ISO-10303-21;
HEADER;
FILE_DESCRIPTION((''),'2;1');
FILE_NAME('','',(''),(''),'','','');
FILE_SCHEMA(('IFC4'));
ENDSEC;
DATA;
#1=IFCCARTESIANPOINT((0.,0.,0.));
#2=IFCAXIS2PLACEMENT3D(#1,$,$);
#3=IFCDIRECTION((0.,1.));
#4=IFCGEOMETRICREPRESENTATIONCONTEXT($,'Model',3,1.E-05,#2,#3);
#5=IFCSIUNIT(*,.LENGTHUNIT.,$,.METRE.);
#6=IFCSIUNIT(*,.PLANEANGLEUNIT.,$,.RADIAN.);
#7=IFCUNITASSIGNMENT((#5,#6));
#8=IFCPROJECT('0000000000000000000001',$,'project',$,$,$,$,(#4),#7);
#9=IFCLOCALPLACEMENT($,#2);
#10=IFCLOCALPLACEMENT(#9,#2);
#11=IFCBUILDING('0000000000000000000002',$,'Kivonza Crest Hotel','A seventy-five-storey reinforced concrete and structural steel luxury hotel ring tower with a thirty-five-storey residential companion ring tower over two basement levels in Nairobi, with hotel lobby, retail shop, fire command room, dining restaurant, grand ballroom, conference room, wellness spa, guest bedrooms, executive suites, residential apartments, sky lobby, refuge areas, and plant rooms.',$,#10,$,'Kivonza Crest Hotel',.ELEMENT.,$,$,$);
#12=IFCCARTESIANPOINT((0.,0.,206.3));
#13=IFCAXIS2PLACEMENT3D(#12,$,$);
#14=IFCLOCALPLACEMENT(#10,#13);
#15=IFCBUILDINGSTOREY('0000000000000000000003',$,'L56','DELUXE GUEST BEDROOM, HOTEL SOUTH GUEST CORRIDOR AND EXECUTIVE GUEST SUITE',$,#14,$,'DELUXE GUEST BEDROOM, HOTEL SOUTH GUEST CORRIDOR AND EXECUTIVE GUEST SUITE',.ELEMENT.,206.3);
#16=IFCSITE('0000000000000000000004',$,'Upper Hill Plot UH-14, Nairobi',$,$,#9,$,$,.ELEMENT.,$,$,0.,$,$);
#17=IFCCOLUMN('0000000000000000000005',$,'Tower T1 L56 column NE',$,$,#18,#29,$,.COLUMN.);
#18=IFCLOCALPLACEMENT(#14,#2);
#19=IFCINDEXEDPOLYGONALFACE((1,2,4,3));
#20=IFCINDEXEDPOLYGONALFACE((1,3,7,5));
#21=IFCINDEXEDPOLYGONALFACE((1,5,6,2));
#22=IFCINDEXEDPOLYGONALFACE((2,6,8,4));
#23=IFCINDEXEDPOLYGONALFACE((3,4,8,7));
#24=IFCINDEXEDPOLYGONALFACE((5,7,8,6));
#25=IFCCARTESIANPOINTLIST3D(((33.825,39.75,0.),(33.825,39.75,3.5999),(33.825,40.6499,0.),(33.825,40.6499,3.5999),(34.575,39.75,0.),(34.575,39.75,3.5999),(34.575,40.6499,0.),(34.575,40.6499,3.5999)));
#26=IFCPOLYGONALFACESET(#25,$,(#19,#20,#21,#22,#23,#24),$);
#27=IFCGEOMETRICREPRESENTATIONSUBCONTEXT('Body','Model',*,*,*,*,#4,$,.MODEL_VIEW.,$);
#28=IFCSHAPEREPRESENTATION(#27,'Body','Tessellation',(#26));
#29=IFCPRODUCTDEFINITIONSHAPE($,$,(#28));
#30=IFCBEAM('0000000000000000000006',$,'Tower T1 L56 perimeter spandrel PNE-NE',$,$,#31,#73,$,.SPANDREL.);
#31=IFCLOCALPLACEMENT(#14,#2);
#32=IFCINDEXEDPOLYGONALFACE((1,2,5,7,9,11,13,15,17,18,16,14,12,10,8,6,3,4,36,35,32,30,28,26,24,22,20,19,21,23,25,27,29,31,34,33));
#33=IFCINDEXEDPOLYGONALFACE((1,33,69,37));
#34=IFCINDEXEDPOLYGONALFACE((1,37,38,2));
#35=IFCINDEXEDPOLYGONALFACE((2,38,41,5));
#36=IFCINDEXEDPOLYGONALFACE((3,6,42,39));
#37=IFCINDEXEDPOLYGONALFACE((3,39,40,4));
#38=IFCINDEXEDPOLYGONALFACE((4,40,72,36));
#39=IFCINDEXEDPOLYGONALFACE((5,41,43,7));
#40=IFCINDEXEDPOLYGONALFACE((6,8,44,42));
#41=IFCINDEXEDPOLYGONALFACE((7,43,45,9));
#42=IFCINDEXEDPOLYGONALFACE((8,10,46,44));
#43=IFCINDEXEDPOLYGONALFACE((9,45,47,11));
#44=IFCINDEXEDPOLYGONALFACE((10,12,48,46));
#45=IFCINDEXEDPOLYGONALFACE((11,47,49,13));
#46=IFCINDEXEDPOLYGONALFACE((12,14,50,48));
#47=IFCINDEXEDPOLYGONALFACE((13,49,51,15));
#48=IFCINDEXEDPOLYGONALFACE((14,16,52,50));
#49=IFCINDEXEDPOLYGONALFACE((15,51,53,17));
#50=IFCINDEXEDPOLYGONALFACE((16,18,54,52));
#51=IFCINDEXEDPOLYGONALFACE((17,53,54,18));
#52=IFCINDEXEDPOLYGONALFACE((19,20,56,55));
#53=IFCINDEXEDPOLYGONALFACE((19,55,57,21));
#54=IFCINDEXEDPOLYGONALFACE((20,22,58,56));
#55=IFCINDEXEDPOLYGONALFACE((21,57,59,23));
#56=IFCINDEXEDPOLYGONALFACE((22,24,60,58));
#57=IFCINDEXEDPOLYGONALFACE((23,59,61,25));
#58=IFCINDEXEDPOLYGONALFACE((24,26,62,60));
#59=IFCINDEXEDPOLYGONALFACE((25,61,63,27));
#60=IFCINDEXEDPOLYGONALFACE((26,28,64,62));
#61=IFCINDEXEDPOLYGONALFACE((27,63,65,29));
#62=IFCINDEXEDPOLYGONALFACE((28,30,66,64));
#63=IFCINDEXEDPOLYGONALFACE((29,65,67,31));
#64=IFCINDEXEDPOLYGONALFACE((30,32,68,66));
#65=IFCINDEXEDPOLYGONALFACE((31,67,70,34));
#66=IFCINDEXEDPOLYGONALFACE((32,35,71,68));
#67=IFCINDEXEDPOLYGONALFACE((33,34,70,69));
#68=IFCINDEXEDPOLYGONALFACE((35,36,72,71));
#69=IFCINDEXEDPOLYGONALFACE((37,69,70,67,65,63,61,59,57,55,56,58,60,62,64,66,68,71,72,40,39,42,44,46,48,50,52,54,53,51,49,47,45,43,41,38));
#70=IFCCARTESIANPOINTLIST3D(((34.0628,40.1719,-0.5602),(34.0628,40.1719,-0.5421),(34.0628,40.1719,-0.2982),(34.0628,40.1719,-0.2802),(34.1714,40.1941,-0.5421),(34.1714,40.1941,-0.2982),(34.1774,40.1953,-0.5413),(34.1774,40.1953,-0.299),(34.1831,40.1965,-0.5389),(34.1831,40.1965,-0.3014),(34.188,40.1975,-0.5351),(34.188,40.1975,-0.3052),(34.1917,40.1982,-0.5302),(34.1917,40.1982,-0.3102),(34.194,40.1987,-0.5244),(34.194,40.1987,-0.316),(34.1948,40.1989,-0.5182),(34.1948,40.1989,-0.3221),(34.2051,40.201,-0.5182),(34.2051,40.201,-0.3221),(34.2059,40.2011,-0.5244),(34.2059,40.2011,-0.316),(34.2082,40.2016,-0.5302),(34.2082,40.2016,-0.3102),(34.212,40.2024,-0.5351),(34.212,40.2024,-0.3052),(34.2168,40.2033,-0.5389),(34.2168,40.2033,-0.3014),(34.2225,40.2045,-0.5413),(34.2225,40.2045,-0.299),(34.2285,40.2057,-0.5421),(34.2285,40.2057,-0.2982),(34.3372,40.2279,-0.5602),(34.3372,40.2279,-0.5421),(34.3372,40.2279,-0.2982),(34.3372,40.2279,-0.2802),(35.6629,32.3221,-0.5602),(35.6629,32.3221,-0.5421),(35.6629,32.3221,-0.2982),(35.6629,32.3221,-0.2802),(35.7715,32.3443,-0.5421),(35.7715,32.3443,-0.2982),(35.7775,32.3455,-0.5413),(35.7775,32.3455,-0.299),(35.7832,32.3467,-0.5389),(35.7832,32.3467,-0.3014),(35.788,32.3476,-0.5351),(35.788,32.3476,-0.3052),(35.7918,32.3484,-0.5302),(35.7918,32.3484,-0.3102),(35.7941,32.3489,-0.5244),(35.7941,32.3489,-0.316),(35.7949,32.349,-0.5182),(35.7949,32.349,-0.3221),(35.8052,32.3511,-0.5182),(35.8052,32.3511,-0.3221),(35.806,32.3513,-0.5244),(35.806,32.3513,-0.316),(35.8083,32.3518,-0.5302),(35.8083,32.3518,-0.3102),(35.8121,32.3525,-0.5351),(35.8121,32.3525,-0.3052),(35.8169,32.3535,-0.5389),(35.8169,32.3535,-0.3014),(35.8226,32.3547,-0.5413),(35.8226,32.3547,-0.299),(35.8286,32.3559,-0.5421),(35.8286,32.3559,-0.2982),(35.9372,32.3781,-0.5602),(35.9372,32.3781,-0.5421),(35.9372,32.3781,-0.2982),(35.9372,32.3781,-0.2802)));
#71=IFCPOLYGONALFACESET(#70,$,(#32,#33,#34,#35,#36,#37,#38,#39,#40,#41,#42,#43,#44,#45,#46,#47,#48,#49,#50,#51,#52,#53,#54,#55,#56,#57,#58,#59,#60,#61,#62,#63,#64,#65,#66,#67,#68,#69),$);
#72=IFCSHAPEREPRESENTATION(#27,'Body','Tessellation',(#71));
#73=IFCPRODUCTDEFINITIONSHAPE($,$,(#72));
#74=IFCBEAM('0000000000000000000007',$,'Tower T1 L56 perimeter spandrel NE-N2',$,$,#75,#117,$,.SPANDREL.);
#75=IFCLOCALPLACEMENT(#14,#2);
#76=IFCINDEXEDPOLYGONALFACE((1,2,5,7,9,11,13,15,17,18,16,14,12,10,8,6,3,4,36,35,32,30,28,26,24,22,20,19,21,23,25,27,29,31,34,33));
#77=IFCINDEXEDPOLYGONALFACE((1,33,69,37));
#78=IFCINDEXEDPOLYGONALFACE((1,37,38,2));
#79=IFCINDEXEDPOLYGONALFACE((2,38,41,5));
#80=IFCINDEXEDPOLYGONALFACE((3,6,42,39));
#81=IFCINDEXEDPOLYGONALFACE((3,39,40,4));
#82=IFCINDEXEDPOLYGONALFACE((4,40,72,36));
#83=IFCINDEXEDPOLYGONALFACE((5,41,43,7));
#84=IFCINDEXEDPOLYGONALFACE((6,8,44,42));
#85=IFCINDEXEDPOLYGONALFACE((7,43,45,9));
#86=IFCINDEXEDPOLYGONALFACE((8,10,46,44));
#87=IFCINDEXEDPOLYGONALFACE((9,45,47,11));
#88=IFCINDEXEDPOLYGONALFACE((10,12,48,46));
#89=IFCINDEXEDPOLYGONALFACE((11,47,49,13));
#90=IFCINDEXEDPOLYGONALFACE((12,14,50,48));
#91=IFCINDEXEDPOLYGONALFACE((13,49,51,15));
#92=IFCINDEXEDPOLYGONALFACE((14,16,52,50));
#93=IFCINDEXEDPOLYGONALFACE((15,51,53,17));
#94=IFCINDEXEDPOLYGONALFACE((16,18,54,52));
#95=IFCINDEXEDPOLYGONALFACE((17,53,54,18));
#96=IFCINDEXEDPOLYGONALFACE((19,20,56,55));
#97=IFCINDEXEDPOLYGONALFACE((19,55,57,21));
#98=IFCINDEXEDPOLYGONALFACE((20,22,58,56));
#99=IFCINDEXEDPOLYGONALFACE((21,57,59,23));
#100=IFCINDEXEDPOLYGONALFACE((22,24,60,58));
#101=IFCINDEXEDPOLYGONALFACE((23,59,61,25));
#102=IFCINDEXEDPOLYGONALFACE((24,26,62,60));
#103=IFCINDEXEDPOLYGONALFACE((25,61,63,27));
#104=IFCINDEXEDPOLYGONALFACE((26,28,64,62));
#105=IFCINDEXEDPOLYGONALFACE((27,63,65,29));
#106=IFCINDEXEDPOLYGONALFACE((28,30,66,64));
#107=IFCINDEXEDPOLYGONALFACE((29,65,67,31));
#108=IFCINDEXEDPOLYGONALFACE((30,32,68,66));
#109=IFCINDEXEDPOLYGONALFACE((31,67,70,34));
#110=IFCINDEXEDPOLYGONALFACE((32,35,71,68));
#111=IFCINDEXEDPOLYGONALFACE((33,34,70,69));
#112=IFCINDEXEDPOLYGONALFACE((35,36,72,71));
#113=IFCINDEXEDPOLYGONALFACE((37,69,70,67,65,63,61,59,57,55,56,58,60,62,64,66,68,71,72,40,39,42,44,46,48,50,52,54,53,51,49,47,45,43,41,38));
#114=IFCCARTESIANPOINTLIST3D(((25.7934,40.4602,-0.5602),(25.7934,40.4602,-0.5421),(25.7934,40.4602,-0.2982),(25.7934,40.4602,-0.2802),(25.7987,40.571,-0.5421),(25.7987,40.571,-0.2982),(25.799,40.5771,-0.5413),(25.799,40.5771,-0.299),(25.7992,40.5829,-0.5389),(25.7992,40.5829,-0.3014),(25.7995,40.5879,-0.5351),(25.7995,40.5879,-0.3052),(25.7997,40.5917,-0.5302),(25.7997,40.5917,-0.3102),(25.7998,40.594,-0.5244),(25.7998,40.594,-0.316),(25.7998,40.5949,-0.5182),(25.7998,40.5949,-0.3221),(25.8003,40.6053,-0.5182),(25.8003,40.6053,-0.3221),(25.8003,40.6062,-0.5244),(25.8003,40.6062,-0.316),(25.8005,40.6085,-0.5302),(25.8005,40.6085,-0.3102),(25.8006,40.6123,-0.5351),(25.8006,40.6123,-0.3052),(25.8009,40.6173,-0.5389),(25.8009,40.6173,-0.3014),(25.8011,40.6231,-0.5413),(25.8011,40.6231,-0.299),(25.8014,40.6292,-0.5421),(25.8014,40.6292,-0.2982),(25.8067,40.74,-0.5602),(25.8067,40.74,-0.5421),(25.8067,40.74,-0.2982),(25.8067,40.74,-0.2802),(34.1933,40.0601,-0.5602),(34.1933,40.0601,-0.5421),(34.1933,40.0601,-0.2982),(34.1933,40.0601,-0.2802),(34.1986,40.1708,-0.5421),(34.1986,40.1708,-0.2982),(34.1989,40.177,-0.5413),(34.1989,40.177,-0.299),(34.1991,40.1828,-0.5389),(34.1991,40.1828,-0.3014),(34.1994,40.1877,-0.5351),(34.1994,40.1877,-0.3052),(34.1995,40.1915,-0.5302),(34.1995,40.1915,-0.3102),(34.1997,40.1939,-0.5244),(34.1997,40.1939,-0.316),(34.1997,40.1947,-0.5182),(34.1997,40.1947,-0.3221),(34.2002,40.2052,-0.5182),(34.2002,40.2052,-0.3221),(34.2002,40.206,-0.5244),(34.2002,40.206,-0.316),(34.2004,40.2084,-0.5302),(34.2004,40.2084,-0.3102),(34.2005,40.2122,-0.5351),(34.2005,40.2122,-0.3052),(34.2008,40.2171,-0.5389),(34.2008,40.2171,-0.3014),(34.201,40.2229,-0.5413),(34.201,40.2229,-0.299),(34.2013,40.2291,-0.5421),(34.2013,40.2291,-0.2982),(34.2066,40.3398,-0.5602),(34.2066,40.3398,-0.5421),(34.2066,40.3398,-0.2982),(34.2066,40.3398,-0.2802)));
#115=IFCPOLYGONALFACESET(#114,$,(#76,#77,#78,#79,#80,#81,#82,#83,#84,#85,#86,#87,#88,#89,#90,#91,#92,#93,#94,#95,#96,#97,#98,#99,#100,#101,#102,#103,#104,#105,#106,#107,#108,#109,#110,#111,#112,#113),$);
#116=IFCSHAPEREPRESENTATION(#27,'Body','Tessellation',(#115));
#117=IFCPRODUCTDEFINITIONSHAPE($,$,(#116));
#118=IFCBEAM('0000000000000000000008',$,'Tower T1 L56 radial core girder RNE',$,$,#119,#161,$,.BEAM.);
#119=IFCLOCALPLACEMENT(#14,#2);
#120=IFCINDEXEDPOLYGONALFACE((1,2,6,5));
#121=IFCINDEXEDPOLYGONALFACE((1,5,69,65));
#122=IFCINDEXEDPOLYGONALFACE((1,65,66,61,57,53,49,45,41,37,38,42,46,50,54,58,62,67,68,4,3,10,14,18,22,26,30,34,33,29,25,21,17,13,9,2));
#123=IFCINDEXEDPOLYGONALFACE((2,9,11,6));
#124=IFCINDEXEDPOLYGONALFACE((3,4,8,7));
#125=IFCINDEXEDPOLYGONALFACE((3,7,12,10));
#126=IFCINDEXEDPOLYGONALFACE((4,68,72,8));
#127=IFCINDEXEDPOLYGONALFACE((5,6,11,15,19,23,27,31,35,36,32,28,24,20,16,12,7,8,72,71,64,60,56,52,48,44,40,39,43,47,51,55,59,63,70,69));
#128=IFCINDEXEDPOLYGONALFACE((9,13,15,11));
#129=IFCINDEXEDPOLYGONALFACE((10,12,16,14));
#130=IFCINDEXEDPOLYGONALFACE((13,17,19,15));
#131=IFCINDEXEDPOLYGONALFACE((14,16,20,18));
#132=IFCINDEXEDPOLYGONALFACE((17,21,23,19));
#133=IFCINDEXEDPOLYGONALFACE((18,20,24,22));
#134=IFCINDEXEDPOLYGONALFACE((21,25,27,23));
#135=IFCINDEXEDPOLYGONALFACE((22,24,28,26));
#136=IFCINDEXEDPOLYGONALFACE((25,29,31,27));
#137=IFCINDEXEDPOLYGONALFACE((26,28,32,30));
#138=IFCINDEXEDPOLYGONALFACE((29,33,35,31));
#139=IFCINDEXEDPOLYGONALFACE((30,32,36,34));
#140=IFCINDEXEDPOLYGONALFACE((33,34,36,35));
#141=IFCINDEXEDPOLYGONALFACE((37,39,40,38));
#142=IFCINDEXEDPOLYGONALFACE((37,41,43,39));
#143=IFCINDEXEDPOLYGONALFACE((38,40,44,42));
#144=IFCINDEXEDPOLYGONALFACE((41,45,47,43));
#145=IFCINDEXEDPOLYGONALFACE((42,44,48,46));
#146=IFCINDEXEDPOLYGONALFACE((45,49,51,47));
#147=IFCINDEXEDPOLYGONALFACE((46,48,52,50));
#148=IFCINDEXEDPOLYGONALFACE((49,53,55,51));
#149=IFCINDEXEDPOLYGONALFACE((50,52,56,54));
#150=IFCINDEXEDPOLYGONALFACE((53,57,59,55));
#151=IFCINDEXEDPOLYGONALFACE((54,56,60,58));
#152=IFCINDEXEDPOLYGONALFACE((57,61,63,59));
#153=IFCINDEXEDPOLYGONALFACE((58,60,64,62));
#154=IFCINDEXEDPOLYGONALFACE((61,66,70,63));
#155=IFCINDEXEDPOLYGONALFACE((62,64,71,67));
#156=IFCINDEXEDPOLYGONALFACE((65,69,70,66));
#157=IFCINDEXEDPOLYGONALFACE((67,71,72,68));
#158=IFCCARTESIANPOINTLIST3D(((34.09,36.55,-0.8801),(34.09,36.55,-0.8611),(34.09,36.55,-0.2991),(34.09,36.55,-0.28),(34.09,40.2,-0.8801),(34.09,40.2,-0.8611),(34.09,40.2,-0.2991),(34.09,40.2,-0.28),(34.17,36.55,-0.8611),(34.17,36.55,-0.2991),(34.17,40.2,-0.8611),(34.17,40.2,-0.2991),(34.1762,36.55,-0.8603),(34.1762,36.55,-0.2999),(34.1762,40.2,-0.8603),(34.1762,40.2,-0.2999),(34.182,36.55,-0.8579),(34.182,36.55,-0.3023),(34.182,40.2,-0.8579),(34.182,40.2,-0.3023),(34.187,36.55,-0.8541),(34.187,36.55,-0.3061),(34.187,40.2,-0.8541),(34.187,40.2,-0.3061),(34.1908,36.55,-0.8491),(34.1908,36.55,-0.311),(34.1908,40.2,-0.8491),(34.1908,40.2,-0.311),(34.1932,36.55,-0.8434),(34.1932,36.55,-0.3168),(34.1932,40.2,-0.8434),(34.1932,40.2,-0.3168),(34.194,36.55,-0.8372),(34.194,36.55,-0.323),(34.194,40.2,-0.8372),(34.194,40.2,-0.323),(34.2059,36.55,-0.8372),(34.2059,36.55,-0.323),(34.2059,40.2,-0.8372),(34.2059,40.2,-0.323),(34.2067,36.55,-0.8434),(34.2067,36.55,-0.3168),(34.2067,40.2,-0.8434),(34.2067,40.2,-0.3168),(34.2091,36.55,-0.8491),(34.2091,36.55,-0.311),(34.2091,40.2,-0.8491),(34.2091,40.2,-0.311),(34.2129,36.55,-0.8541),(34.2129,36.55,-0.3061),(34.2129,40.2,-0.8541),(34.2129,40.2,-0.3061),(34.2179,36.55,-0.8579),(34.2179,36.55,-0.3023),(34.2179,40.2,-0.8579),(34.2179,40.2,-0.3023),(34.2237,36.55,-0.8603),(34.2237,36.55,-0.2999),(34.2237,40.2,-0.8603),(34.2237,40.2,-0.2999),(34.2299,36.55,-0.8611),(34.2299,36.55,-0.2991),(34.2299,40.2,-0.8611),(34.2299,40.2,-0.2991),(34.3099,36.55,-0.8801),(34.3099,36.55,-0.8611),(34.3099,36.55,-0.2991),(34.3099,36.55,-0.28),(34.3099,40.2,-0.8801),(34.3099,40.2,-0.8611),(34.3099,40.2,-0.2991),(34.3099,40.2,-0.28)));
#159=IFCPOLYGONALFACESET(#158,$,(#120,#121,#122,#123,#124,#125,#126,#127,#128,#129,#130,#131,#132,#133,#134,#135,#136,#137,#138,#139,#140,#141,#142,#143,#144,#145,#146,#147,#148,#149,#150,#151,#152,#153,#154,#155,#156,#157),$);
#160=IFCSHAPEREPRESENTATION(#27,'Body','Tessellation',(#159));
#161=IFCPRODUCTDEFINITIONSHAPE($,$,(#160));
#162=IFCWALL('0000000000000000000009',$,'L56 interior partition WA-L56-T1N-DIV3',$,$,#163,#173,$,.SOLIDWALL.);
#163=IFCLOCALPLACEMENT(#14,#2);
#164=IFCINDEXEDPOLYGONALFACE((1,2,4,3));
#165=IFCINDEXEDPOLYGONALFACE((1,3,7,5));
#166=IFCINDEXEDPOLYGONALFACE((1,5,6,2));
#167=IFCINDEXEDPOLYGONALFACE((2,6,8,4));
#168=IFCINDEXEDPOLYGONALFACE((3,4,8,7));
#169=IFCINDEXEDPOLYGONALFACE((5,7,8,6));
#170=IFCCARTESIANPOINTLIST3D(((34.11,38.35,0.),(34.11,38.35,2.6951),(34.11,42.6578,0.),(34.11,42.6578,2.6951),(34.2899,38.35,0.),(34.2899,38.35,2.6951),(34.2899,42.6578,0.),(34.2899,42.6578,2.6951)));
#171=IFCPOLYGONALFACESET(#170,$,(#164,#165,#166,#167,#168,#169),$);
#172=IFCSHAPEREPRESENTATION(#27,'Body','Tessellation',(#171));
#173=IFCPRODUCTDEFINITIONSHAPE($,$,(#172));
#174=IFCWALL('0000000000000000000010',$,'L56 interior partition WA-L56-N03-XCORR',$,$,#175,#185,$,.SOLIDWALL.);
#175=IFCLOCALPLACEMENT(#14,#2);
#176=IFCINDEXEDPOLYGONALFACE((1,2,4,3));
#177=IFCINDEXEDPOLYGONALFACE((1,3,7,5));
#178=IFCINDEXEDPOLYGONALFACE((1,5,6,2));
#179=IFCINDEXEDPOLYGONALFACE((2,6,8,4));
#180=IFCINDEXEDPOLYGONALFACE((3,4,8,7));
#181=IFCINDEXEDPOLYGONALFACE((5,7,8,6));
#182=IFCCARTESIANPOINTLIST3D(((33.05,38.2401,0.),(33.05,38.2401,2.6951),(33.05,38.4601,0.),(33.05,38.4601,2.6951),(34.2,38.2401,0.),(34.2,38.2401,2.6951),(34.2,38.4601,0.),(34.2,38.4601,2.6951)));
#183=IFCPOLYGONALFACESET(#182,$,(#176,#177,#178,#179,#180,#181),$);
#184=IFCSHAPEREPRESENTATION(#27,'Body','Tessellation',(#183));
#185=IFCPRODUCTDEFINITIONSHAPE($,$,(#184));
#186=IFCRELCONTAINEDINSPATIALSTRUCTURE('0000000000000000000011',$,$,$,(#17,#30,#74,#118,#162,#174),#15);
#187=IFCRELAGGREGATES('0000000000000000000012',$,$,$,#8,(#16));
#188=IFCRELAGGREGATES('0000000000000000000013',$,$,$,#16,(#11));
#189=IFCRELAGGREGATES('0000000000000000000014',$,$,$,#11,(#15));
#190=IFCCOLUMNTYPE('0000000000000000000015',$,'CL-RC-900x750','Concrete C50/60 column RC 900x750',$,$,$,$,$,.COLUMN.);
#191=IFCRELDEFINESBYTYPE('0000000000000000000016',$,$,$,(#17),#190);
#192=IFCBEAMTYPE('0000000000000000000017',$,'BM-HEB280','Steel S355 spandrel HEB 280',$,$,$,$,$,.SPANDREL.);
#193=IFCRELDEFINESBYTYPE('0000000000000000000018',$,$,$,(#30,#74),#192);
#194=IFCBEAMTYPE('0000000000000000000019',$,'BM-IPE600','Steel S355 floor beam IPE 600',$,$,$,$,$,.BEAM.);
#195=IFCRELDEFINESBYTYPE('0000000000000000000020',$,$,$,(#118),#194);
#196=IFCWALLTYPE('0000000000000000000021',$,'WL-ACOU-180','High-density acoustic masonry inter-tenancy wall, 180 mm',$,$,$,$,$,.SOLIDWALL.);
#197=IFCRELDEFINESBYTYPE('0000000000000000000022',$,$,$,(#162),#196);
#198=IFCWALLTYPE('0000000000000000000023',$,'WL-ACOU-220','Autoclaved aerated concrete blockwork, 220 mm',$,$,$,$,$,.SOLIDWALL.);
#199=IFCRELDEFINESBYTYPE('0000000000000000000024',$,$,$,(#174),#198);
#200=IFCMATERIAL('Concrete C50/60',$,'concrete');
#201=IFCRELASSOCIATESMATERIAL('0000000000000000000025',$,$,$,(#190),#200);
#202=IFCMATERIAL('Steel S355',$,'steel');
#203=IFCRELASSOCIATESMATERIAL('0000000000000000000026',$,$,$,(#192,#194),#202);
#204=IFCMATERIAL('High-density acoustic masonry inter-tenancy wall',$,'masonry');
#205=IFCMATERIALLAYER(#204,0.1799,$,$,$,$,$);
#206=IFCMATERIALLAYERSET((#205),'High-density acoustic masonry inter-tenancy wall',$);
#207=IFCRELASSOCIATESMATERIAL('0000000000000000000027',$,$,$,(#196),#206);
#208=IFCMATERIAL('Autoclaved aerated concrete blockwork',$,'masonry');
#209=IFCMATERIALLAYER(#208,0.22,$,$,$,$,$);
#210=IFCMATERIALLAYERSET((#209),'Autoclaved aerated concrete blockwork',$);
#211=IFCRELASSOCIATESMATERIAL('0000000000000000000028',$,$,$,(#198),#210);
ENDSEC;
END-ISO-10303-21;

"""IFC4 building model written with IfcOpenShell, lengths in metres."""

from ifc_helpers import new_model, si_unit, direction, frame, frame_2d, origin, origin_2d, place, context, subcontext, project, spatial, rectangle, i_section, extrude, material, layer, layer_set, material_profile, profile_set, type_object, element, save


model = new_model("IFC4")

# Units and contexts
model_context = context("Model", 3, precision=1e-05, world=origin(), true_north=direction((0.0, 1.0)))
body_context = subcontext(model_context, "Body", "Model", "MODEL_VIEW")
ifc_project = project(units=[si_unit("LENGTHUNIT", "METRE"), si_unit("PLANEANGLEUNIT", "RADIAN")], contexts=[model_context])

# Site, building, storey
site_placement = place(None, origin())
site = spatial("IfcSite", under=ifc_project, at=site_placement, Name="Upper Hill Plot UH-14, Nairobi", CompositionType="ELEMENT", RefElevation=0.0)
building_placement = place(site_placement, origin())
building = spatial("IfcBuilding", under=site, at=building_placement, Name="Kivonza Crest Hotel", Description="A seventy-five-storey reinforced concrete and structural steel luxury hotel ring tower with a thirty-five-storey residential companion ring tower over two basement levels in Nairobi, with hotel lobby, retail shop, fire command room, dining restaurant, grand ballroom, conference room, wellness spa, guest bedrooms, executive suites, residential apartments, sky lobby, refuge areas, and plant rooms.", LongName="Kivonza Crest Hotel", CompositionType="ELEMENT")
storey_placement = place(building_placement, frame((0.0, 0.0, 206.3)))
storey = spatial("IfcBuildingStorey", under=building, at=storey_placement, Name="L56", Description="DELUXE GUEST BEDROOM, HOTEL SOUTH GUEST CORRIDOR AND EXECUTIVE GUEST SUITE", LongName="DELUXE GUEST BEDROOM, HOTEL SOUTH GUEST CORRIDOR AND EXECUTIVE GUEST SUITE", CompositionType="ELEMENT", Elevation=206.3)

# Column
ifc_material_1 = material(Name="Concrete C50/60", Category="concrete")
ifc_material_profile_1 = material_profile(ifc_material_1, rectangle(XDim=0.75, YDim=0.8999, at=origin_2d()), Name="RC 900x750")
ifc_profile_set_1 = profile_set([ifc_material_profile_1], Name="Concrete C50/60")
column_type = type_object("IfcColumnType", Name="CL-RC-900x750", Description="Concrete C50/60 column RC 900x750", PredefinedType="COLUMN", material=ifc_profile_set_1)
column_placement = place(storey_placement, frame((34.2, 40.2, 0.0), z_axis=(0.0, 0.0, 1.0), x_axis=(1.0, 0.0, 0.0)))
element("IfcColumn", 1, at=column_placement, inside=storey, type_object=column_type, Name="Tower T1 L56 column NE", PredefinedType="COLUMN", context=body_context, shape_type="SweptSolid", body=[
    extrude(rectangle(XDim=0.75, YDim=0.8999, at=origin_2d()), origin(), (0.0, 0.0, 1.0), 3.5999),
])

# Beams
ifc_material_2 = material(Name="Steel S355", Category="steel")
ifc_material_profile_2 = material_profile(ifc_material_2, i_section(OverallWidth=0.28, OverallDepth=0.28, WebThickness=0.0105, FlangeThickness=0.0181, FilletRadius=0.0239, at=origin_2d()), Name="HEB 280")
ifc_profile_set_2 = profile_set([ifc_material_profile_2], Name="Steel S355")
beam_type_1 = type_object("IfcBeamType", Name="BM-HEB280", Description="Steel S355 spandrel HEB 280", PredefinedType="SPANDREL", material=ifc_profile_set_2)
beam_1_placement = place(storey_placement, frame((35.8, 32.3501, -0.4202), z_axis=(-0.199731, 0.979851, 0.0), x_axis=(-0.979851, -0.199731, 0.0)))
element("IfcBeam", 2, at=beam_1_placement, inside=storey, type_object=beam_type_1, Name="Tower T1 L56 perimeter spandrel PNE-NE", PredefinedType="SPANDREL", context=body_context, shape_type="SweptSolid", body=[
    extrude(i_section(OverallWidth=0.28, OverallDepth=0.28, WebThickness=0.0105, FlangeThickness=0.0181, FilletRadius=0.0239, at=origin_2d()), origin(), (0.0, 0.0, 1.0), 8.0112),
])
beam_2_placement = place(storey_placement, frame((34.2, 40.2, -0.4202), z_axis=(-0.998867, 0.047583, 0.0), x_axis=(-0.047583, -0.998867, 0.0)))
element("IfcBeam", 3, at=beam_2_placement, inside=storey, type_object=beam_type_1, Name="Tower T1 L56 perimeter spandrel NE-N2", PredefinedType="SPANDREL", context=body_context, shape_type="SweptSolid", body=[
    extrude(i_section(OverallWidth=0.28, OverallDepth=0.28, WebThickness=0.0105, FlangeThickness=0.0181, FilletRadius=0.0239, at=origin_2d()), origin(), (0.0, 0.0, 1.0), 8.4094),
])
ifc_material_profile_3 = material_profile(ifc_material_2, i_section(OverallWidth=0.22, OverallDepth=0.6001, WebThickness=0.012, FlangeThickness=0.019, FilletRadius=0.0239, at=origin_2d()), Name="IPE 600")
ifc_profile_set_3 = profile_set([ifc_material_profile_3], Name="Steel S355")
beam_type_2 = type_object("IfcBeamType", Name="BM-IPE600", Description="Steel S355 floor beam IPE 600", PredefinedType="BEAM", material=ifc_profile_set_3)
beam_3_placement = place(storey_placement, frame((34.2, 40.2, -0.5801), z_axis=(0.0, -1.0, 0.0), x_axis=(1.0, 0.0, 0.0)))
element("IfcBeam", 4, at=beam_3_placement, inside=storey, type_object=beam_type_2, Name="Tower T1 L56 radial core girder RNE", PredefinedType="BEAM", context=body_context, shape_type="SweptSolid", body=[
    extrude(i_section(OverallWidth=0.22, OverallDepth=0.6001, WebThickness=0.012, FlangeThickness=0.019, FilletRadius=0.0239, at=origin_2d()), origin(), (0.0, 0.0, 1.0), 3.6499),
])

# Walls
ifc_material_3 = material(Name="High-density acoustic masonry inter-tenancy wall", Category="masonry")
ifc_layer_1 = layer(ifc_material_3, 0.1799)
ifc_layer_set_1 = layer_set([ifc_layer_1], Name="High-density acoustic masonry inter-tenancy wall")
wall_type_1 = type_object("IfcWallType", Name="WL-ACOU-180", Description="High-density acoustic masonry inter-tenancy wall, 180 mm", PredefinedType="SOLIDWALL", material=ifc_layer_set_1)
wall_1_placement = place(storey_placement, frame((34.2, 38.3501, 0.0), z_axis=(0.0, 0.0, 1.0), x_axis=(0.0, 1.0, 0.0)))
element("IfcWall", 5, at=wall_1_placement, inside=storey, type_object=wall_type_1, Name="L56 interior partition WA-L56-T1N-DIV3", PredefinedType="SOLIDWALL", context=body_context, shape_type="SweptSolid", body=[
    extrude(rectangle(XDim=4.3079, YDim=0.1799, at=frame_2d((2.1538, 0.0))), origin(), (0.0, 0.0, 1.0), 2.6951),
])
ifc_material_4 = material(Name="Autoclaved aerated concrete blockwork", Category="masonry")
ifc_layer_2 = layer(ifc_material_4, 0.22)
ifc_layer_set_2 = layer_set([ifc_layer_2], Name="Autoclaved aerated concrete blockwork")
wall_type_2 = type_object("IfcWallType", Name="WL-ACOU-220", Description="Autoclaved aerated concrete blockwork, 220 mm", PredefinedType="SOLIDWALL", material=ifc_layer_set_2)
wall_2_placement = place(storey_placement, frame((33.05, 38.3501, 0.0), z_axis=(0.0, 0.0, 1.0), x_axis=(1.0, 0.0, 0.0)))
element("IfcWall", 6, at=wall_2_placement, inside=storey, type_object=wall_type_2, Name="L56 interior partition WA-L56-N03-XCORR", PredefinedType="SOLIDWALL", context=body_context, shape_type="SweptSolid", body=[
    extrude(rectangle(XDim=1.1499, YDim=0.22, at=frame_2d((0.575, 0.0))), origin(), (0.0, 0.0, 1.0), 2.6951),
])

save(model, "model.ifc")
